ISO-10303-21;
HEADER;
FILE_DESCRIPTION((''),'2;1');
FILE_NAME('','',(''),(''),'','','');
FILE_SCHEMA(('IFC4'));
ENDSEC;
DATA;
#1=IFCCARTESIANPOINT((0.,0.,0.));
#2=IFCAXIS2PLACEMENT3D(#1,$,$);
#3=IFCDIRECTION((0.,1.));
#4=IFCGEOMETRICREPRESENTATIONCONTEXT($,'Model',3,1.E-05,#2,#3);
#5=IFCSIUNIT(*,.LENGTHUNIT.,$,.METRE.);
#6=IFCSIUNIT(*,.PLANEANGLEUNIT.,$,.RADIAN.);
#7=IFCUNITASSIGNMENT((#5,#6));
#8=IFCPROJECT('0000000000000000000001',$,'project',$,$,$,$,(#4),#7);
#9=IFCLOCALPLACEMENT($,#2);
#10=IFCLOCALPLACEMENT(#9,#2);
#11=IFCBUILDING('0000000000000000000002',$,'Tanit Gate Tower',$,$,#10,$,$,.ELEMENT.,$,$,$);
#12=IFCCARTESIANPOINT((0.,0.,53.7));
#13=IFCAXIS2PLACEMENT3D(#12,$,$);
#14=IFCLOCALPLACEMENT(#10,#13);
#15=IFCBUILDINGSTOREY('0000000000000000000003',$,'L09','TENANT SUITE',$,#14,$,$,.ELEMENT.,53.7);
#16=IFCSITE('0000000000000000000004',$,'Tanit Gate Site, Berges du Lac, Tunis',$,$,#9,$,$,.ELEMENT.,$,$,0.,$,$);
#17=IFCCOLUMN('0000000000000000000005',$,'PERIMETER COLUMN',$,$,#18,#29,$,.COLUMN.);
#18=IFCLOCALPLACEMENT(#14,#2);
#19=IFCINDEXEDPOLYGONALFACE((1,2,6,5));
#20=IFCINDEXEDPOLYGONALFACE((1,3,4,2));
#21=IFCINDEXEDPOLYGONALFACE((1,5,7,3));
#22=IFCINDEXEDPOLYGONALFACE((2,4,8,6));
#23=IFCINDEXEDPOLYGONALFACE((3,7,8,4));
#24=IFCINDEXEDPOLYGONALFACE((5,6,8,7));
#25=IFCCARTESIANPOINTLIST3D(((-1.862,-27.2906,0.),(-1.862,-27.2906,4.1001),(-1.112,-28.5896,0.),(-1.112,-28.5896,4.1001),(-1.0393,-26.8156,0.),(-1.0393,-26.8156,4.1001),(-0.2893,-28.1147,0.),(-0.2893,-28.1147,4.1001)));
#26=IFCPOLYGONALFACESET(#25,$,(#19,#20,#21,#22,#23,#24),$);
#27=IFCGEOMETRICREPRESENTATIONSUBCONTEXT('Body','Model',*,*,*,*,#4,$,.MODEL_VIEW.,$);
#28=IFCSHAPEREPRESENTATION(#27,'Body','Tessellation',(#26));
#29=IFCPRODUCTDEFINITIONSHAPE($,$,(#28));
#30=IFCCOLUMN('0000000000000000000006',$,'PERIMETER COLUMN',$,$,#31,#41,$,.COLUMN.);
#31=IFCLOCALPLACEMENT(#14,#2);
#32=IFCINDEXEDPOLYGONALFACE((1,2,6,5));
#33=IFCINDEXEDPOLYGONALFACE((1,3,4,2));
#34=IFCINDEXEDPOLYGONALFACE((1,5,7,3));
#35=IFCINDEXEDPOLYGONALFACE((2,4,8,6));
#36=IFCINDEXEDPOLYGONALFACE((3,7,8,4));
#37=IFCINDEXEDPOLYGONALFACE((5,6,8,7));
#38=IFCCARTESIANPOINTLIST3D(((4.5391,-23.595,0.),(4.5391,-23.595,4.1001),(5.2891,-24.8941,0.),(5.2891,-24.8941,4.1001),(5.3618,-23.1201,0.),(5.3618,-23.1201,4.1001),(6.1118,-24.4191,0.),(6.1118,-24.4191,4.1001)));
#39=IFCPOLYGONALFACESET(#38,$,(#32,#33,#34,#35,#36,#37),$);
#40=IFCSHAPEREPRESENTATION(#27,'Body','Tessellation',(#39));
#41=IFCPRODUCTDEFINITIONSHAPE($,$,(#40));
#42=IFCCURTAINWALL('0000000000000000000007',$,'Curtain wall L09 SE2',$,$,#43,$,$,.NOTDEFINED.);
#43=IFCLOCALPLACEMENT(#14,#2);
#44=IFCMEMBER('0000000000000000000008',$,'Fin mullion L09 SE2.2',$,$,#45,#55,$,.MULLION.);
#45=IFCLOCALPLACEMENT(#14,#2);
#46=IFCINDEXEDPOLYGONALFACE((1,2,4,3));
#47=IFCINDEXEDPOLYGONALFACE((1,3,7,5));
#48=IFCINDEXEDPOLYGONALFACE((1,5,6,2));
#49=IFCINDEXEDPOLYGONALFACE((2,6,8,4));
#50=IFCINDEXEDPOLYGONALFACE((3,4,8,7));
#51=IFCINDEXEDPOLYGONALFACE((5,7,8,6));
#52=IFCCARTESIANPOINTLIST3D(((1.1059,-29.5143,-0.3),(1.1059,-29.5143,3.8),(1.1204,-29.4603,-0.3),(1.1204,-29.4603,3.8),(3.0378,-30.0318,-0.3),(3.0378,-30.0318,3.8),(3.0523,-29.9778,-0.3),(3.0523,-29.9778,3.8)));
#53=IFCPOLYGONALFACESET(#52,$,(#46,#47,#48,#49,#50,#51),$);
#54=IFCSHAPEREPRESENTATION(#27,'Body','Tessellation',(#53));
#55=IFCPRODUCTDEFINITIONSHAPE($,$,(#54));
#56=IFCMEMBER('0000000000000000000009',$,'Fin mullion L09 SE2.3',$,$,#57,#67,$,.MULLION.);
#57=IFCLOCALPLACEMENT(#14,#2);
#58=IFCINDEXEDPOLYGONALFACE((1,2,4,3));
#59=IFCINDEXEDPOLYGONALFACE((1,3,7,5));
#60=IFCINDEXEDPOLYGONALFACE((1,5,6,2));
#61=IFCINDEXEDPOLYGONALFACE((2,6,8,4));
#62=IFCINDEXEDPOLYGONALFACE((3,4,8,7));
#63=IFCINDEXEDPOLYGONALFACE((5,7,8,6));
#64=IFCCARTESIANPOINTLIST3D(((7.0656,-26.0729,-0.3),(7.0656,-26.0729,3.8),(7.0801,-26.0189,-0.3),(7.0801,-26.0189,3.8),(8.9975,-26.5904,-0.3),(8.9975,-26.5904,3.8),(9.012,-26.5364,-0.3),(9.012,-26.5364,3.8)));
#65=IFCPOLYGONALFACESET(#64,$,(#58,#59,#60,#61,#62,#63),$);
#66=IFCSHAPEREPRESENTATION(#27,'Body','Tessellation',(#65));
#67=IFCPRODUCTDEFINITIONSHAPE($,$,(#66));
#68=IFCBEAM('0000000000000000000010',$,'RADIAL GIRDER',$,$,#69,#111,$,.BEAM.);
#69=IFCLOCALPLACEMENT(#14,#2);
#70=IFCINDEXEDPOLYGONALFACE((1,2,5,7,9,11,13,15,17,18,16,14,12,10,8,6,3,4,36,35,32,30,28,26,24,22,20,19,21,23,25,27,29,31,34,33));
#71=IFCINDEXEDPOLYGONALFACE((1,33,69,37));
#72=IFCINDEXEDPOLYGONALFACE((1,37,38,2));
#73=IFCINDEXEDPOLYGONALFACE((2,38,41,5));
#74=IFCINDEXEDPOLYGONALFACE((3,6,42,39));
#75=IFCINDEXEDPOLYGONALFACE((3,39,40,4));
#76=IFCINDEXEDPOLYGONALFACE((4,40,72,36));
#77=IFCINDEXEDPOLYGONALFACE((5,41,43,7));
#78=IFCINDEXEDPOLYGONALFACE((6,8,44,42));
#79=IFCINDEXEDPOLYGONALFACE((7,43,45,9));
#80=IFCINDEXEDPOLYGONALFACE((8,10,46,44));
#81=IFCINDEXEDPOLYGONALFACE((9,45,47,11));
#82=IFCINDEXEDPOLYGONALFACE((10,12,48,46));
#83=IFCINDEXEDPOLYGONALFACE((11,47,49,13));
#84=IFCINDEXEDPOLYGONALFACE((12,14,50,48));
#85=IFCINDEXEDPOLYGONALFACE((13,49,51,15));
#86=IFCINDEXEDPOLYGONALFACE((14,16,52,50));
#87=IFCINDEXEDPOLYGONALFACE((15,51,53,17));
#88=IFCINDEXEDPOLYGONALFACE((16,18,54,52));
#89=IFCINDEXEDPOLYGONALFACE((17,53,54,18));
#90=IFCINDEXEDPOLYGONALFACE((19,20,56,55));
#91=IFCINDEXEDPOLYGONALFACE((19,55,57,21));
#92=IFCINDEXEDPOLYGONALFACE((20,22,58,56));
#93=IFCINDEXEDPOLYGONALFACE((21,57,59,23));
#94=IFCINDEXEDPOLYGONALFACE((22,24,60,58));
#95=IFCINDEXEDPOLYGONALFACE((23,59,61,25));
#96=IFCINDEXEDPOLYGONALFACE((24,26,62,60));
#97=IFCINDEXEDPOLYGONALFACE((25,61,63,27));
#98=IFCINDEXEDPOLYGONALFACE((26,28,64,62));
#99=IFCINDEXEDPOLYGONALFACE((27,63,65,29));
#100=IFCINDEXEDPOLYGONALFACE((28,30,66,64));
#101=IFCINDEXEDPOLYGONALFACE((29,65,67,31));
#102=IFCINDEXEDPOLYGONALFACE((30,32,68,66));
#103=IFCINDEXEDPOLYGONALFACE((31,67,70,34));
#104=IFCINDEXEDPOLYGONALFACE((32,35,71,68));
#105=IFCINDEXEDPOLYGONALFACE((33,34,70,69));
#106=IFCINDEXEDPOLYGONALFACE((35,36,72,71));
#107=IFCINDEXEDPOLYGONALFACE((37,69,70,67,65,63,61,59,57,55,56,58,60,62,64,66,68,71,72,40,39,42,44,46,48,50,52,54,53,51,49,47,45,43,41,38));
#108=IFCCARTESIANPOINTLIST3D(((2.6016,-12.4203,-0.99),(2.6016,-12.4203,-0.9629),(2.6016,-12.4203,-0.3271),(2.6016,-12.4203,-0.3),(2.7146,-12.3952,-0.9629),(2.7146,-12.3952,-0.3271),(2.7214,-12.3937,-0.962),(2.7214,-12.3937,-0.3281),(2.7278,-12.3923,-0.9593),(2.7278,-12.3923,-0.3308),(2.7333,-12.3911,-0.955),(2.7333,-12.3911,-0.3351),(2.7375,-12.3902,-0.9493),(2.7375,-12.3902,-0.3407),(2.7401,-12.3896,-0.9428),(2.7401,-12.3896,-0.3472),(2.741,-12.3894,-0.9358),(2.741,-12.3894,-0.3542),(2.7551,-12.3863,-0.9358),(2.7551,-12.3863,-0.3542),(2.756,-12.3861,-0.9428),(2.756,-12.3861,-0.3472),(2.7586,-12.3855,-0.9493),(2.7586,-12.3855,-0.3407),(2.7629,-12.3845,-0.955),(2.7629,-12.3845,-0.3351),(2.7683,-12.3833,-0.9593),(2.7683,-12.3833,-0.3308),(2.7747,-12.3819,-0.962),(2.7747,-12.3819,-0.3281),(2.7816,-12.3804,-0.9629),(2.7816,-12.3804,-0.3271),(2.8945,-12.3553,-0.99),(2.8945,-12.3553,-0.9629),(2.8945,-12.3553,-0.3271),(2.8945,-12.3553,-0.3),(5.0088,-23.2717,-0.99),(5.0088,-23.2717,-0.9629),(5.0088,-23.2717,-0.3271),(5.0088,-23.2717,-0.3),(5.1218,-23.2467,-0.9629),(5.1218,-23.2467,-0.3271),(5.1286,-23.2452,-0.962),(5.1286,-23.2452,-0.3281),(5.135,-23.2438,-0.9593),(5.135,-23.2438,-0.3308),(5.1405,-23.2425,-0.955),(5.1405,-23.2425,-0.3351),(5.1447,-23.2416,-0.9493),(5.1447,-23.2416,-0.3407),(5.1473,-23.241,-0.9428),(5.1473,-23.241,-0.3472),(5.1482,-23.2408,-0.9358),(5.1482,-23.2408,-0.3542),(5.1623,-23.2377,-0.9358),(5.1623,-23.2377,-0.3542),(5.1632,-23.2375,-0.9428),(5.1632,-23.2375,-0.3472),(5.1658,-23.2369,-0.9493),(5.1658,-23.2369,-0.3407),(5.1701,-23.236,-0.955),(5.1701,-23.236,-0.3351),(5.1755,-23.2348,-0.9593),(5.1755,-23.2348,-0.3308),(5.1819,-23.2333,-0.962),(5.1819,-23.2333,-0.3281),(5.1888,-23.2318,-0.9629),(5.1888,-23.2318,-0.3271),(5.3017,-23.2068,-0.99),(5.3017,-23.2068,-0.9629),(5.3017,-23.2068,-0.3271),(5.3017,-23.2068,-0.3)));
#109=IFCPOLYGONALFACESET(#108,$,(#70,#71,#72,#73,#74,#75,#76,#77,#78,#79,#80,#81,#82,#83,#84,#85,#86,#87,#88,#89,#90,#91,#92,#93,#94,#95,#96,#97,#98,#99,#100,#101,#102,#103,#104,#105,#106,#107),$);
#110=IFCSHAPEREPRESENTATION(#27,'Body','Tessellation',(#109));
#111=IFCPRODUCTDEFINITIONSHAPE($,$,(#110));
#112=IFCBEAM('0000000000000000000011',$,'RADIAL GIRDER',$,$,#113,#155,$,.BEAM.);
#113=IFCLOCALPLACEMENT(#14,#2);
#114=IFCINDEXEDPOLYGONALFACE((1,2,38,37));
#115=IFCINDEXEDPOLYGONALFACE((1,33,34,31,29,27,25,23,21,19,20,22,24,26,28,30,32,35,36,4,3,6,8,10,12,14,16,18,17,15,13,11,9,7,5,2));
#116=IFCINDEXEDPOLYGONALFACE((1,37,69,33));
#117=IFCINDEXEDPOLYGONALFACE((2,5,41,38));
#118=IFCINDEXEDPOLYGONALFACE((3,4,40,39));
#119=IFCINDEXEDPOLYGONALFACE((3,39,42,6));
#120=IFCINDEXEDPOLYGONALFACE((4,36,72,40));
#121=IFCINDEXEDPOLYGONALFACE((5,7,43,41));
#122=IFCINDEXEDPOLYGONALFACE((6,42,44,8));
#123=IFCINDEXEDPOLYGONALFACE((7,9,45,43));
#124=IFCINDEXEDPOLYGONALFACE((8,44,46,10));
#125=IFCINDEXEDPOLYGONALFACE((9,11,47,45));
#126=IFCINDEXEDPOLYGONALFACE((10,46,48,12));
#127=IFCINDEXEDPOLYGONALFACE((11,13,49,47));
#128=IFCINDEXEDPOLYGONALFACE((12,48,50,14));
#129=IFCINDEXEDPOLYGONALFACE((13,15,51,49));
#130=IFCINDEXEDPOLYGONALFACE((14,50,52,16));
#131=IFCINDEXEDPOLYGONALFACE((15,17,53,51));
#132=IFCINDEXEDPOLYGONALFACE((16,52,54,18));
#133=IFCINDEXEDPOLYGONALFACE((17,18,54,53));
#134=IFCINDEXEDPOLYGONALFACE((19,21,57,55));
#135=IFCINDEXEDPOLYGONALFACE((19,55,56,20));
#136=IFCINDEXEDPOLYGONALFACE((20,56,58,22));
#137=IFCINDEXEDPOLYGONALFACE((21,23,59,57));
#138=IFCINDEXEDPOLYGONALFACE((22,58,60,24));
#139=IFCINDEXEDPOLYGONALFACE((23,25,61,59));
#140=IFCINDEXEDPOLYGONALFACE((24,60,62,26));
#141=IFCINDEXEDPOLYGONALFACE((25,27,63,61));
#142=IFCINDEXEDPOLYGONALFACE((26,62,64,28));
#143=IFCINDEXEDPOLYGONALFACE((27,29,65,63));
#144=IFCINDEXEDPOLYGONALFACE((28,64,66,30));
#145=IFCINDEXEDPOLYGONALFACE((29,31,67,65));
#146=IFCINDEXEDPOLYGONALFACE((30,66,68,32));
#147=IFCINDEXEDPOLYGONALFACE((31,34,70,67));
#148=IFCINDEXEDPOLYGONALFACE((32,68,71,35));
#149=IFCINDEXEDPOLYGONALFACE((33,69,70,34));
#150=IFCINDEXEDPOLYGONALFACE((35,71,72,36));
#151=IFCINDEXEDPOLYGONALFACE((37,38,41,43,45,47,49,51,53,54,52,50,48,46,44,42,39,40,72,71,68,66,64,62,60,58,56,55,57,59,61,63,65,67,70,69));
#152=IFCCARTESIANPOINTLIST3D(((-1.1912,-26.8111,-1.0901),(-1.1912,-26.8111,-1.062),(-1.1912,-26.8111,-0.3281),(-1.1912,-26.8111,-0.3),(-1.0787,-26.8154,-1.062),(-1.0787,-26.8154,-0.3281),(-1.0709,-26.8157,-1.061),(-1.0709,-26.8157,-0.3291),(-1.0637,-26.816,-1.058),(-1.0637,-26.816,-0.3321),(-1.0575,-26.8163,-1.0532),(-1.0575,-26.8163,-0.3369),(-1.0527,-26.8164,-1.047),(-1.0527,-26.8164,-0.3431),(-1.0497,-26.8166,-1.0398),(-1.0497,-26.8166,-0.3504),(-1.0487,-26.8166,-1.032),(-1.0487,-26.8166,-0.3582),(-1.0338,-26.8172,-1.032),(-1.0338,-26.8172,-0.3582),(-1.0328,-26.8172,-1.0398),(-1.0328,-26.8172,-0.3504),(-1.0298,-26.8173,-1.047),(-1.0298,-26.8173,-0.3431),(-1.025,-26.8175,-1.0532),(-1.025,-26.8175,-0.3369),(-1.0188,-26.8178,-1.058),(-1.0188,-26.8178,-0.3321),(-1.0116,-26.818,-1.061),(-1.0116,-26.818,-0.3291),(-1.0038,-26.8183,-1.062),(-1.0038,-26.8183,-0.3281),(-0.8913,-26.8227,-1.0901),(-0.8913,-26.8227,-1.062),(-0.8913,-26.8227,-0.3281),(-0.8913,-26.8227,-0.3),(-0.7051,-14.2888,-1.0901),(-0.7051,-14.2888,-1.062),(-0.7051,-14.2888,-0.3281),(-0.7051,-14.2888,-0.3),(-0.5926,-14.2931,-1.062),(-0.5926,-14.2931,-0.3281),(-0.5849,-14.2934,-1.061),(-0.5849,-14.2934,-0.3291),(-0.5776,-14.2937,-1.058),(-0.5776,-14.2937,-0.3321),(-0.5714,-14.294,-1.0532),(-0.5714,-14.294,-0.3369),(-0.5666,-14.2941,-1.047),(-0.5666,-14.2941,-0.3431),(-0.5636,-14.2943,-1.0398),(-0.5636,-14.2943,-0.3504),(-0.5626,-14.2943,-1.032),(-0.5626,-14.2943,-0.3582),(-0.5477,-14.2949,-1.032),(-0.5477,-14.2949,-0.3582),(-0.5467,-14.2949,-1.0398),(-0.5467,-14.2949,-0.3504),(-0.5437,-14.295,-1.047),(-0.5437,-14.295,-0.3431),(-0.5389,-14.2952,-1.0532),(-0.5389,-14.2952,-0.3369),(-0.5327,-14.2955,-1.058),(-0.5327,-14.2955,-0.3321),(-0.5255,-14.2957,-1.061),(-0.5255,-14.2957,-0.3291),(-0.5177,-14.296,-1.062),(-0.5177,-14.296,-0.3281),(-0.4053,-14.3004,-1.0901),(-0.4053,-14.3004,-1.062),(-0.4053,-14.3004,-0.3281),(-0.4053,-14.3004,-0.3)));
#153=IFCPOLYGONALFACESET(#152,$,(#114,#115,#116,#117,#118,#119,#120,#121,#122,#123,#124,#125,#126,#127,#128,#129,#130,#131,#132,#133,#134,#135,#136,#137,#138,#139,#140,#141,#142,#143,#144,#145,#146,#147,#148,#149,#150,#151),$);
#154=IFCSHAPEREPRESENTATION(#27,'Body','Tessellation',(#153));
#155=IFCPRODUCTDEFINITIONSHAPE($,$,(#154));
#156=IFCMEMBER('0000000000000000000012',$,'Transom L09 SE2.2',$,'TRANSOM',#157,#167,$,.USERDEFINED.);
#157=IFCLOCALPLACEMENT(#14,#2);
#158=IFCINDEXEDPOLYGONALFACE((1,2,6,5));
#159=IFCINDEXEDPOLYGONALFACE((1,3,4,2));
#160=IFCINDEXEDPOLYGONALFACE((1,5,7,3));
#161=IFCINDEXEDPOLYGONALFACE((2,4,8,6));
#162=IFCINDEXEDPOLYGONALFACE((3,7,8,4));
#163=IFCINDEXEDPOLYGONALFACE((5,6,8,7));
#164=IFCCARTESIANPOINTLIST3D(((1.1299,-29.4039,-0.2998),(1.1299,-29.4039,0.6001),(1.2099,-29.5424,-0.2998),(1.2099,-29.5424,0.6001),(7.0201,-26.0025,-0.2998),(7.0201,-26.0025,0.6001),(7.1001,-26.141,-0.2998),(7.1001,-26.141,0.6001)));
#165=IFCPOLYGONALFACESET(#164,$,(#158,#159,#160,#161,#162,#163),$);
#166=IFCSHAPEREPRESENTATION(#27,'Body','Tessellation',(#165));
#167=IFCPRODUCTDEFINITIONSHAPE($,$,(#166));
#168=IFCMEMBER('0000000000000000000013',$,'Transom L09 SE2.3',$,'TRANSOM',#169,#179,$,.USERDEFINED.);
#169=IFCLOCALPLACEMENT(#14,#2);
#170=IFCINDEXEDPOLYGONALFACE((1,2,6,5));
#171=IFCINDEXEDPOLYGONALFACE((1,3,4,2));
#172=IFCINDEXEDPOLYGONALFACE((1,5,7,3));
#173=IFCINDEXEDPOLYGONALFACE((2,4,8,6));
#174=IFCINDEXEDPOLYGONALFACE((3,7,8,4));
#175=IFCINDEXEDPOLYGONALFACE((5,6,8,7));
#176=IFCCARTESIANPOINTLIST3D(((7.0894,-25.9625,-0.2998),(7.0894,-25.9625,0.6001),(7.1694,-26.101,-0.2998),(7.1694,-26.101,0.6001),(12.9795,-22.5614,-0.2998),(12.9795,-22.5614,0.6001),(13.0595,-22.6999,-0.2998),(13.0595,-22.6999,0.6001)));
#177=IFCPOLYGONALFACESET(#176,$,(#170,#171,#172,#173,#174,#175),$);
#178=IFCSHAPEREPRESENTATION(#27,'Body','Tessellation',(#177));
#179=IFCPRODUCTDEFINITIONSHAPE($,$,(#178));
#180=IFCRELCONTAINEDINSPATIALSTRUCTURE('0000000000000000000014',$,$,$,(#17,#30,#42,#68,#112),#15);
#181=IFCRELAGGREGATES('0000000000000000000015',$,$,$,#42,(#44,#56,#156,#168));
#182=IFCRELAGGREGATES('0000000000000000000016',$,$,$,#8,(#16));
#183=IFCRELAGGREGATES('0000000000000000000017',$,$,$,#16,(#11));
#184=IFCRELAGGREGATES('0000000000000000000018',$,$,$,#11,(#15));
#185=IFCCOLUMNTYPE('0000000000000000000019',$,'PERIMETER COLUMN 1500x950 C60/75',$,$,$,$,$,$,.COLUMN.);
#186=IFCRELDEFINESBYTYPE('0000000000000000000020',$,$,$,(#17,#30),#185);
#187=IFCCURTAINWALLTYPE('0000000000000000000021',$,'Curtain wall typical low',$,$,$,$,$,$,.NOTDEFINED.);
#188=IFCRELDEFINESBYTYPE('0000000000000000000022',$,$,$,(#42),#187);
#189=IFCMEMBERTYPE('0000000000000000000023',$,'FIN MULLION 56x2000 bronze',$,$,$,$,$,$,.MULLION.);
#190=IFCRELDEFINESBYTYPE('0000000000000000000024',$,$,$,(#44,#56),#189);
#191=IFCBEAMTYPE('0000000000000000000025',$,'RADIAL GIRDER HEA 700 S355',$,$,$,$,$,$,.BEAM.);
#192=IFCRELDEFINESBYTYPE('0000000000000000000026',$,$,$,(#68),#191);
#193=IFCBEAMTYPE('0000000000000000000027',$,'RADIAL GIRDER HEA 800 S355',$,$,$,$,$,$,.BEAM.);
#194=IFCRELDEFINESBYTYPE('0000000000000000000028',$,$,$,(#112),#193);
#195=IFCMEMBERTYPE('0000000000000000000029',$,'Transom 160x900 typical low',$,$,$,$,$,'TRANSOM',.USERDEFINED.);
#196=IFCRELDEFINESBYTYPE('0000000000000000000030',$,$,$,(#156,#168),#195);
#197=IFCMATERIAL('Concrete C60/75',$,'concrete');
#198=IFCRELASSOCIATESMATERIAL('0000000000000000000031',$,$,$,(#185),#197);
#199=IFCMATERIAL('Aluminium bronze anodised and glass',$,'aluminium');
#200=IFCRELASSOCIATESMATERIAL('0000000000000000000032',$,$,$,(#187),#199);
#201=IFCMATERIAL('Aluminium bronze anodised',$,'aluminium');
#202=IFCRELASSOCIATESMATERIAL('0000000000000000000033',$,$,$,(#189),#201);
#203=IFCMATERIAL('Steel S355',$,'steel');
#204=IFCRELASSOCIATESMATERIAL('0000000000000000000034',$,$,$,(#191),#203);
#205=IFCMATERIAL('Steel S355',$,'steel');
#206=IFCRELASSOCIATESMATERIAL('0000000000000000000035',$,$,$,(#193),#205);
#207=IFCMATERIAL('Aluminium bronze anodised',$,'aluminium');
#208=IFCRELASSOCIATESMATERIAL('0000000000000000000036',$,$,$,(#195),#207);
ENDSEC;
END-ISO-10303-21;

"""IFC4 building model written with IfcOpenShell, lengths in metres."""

from ifc_helpers import new_model, si_unit, direction, frame, origin, origin_2d, place, context, subcontext, project, spatial, rectangle, i_section, extrude, material, material_profile, profile_set, type_object, element, aggregate, save


model = new_model("IFC4")

# Units and contexts
model_context = context("Model", 3, precision=1e-05, world=origin(), true_north=direction((0.0, 1.0)))
body_context = subcontext(model_context, "Body", "Model", "MODEL_VIEW")
ifc_project = project(units=[si_unit("LENGTHUNIT", "METRE"), si_unit("PLANEANGLEUNIT", "RADIAN")], contexts=[model_context])

# Site, building, storey
site_placement = place(None, origin())
site = spatial("IfcSite", under=ifc_project, at=site_placement, Name="Tanit Gate Site, Berges du Lac, Tunis", CompositionType="ELEMENT", RefElevation=0.0)
building_placement = place(site_placement, origin())
building = spatial("IfcBuilding", under=site, at=building_placement, Name="Tanit Gate Tower", CompositionType="ELEMENT")
storey_placement = place(building_placement, frame((0.0, 0.0, 53.7)))
storey = spatial("IfcBuildingStorey", under=building, at=storey_placement, Name="L09", Description="TENANT SUITE", CompositionType="ELEMENT", Elevation=53.7)

# Columns
ifc_material_1 = material(Name="Concrete C60/75", Category="concrete")
ifc_material_profile_1 = material_profile(ifc_material_1, rectangle(XDim=1.5, YDim=0.95, at=origin_2d()), Name="RC 1500x950")
ifc_profile_set_1 = profile_set([ifc_material_profile_1], Name="Concrete C60/75")
column_type = type_object("IfcColumnType", Name="PERIMETER COLUMN 1500x950 C60/75", PredefinedType="COLUMN", material=ifc_profile_set_1)
for number, where, z_axis, x_axis, name in (
    (1, (-1.0757, -27.7026, 0.0), (0.0, 0.0, 1.0), (0.5, -0.866025, 0.0), "PERIMETER COLUMN"),
    (2, (5.3254, -24.0071, 0.0), (0.0, 0.0, 1.0), (0.5, -0.866025, 0.0), "PERIMETER COLUMN"),
):
    element("IfcColumn", number, at=place(storey_placement, frame(where, z_axis=z_axis, x_axis=x_axis)), inside=storey, type_object=column_type, Name=name, PredefinedType="COLUMN", context=body_context, shape_type="SweptSolid", body=[
        extrude(rectangle(XDim=1.5, YDim=0.95, at=origin_2d()), origin(), (0.0, 0.0, 1.0), 4.1001),
    ])

# Curtain wall, members
ifc_material_2 = material(Name="Aluminium bronze anodised and glass", Category="aluminium")
curtain_wall_type = type_object("IfcCurtainWallType", Name="Curtain wall typical low", PredefinedType="NOTDEFINED", material=ifc_material_2)
curtain_wall_placement = place(storey_placement, origin())
curtain_wall = element("IfcCurtainWall", 3, at=curtain_wall_placement, inside=storey, type_object=curtain_wall_type, Name="Curtain wall L09 SE2", PredefinedType="NOTDEFINED")
ifc_material_3 = material(Name="Aluminium bronze anodised", Category="aluminium")
ifc_material_profile_2 = material_profile(ifc_material_3, rectangle(XDim=2.0, YDim=0.0559, at=origin_2d()), Name="56x2000 bronze fin mullion")
ifc_profile_set_2 = profile_set([ifc_material_profile_2], Name="Aluminium bronze anodised")
member_type_1 = type_object("IfcMemberType", Name="FIN MULLION 56x2000 bronze", PredefinedType="MULLION", material=ifc_profile_set_2)
member_1_placement = place(storey_placement, frame((2.0791, -29.7461, -0.3), z_axis=(0.0, 0.0, 1.0), x_axis=(-0.965944, 0.258752, 0.0)))
member_1 = element("IfcMember", 4, at=member_1_placement, type_object=member_type_1, Name="Fin mullion L09 SE2.2", PredefinedType="MULLION", context=body_context, shape_type="SweptSolid", body=[
    extrude(rectangle(XDim=2.0, YDim=0.0559, at=origin_2d()), origin(), (0.0, 0.0, 1.0), 4.1001),
])
member_2_placement = place(storey_placement, frame((8.0388, -26.3047, -0.3), z_axis=(0.0, 0.0, 1.0), x_axis=(-0.965944, 0.258752, 0.0)))
member_2 = element("IfcMember", 5, at=member_2_placement, type_object=member_type_1, Name="Fin mullion L09 SE2.3", PredefinedType="MULLION", context=body_context, shape_type="SweptSolid", body=[
    extrude(rectangle(XDim=2.0, YDim=0.0559, at=origin_2d()), origin(), (0.0, 0.0, 1.0), 4.1001),
])

# Beams
ifc_material_4 = material(Name="Steel S355", Category="steel")
ifc_material_profile_3 = material_profile(ifc_material_4, i_section(OverallWidth=0.3, OverallDepth=0.6899, WebThickness=0.0144, FlangeThickness=0.0271, FilletRadius=0.0271, at=origin_2d()), Name="HEA 700")
ifc_profile_set_3 = profile_set([ifc_material_profile_3], Name="Steel S355")
beam_type_1 = type_object("IfcBeamType", Name="RADIAL GIRDER HEA 700 S355", PredefinedType="BEAM", material=ifc_profile_set_3)
beam_1_placement = place(storey_placement, frame((5.1553, -23.2393, -0.645), z_axis=(-0.216568, 0.976268, 0.0), x_axis=(-0.976268, -0.216568, 0.0)))
element("IfcBeam", 6, at=beam_1_placement, inside=storey, type_object=beam_type_1, Name="RADIAL GIRDER", PredefinedType="BEAM", context=body_context, shape_type="SweptSolid", body=[
    extrude(i_section(OverallWidth=0.3, OverallDepth=0.6899, WebThickness=0.0144, FlangeThickness=0.0271, FilletRadius=0.0271, at=origin_2d()), origin(), (0.0, 0.0, 1.0), 11.1152),
])
ifc_material_5 = material(Name="Steel S355", Category="steel")
ifc_material_profile_4 = material_profile(ifc_material_5, i_section(OverallWidth=0.3, OverallDepth=0.79, WebThickness=0.0149, FlangeThickness=0.0281, FilletRadius=0.03, at=origin_2d()), Name="HEA 800")
ifc_profile_set_4 = profile_set([ifc_material_profile_4], Name="Steel S355")
beam_type_2 = type_object("IfcBeamType", Name="RADIAL GIRDER HEA 800 S355", PredefinedType="BEAM", material=ifc_profile_set_4)
beam_2_placement = place(storey_placement, frame((-1.0413, -26.8169, -0.6951), z_axis=(0.038789, 0.999247, 0.0), x_axis=(-0.999247, 0.038789, 0.0)))
element("IfcBeam", 7, at=beam_2_placement, inside=storey, type_object=beam_type_2, Name="RADIAL GIRDER", PredefinedType="BEAM", context=body_context, shape_type="SweptSolid", body=[
    extrude(i_section(OverallWidth=0.3, OverallDepth=0.79, WebThickness=0.0149, FlangeThickness=0.0281, FilletRadius=0.03, at=origin_2d()), origin(), (0.0, 0.0, 1.0), 12.5317),
])

# Members
ifc_material_6 = material(Name="Aluminium bronze anodised", Category="aluminium")
ifc_material_profile_5 = material_profile(ifc_material_6, rectangle(XDim=0.1599, YDim=0.8999, at=origin_2d()), Name="160x900 bronze transom")
ifc_profile_set_5 = profile_set([ifc_material_profile_5], Name="Aluminium bronze anodised")
member_type_2 = type_object("IfcMemberType", Name="Transom 160x900 typical low", ElementType="TRANSOM", PredefinedType="USERDEFINED", material=ifc_profile_set_5)
member_3_placement = place(storey_placement, frame((1.1699, -29.4731, 0.1501), z_axis=(0.865981, 0.500077, 0.0), x_axis=(-0.500077, 0.865981, 0.0)))
member_3 = element("IfcMember", 8, at=member_3_placement, type_object=member_type_2, Name="Transom L09 SE2.2", ObjectType="TRANSOM", PredefinedType="USERDEFINED", context=body_context, shape_type="SweptSolid", body=[
    extrude(rectangle(XDim=0.1599, YDim=0.8999, at=origin_2d()), origin(), (0.0, 0.0, 1.0), 6.8018),
])
member_4_placement = place(storey_placement, frame((7.1294, -26.0317, 0.1501), z_axis=(0.865997, 0.50005, 0.0), x_axis=(-0.50005, 0.865997, 0.0)))
member_4 = element("IfcMember", 9, at=member_4_placement, type_object=member_type_2, Name="Transom L09 SE2.3", ObjectType="TRANSOM", PredefinedType="USERDEFINED", context=body_context, shape_type="SweptSolid", body=[
    extrude(rectangle(XDim=0.1599, YDim=0.8999, at=origin_2d()), origin(), (0.0, 0.0, 1.0), 6.8015),
])

aggregate(curtain_wall, [member_1, member_2, member_3, member_4])

save(model, "model.ifc")
